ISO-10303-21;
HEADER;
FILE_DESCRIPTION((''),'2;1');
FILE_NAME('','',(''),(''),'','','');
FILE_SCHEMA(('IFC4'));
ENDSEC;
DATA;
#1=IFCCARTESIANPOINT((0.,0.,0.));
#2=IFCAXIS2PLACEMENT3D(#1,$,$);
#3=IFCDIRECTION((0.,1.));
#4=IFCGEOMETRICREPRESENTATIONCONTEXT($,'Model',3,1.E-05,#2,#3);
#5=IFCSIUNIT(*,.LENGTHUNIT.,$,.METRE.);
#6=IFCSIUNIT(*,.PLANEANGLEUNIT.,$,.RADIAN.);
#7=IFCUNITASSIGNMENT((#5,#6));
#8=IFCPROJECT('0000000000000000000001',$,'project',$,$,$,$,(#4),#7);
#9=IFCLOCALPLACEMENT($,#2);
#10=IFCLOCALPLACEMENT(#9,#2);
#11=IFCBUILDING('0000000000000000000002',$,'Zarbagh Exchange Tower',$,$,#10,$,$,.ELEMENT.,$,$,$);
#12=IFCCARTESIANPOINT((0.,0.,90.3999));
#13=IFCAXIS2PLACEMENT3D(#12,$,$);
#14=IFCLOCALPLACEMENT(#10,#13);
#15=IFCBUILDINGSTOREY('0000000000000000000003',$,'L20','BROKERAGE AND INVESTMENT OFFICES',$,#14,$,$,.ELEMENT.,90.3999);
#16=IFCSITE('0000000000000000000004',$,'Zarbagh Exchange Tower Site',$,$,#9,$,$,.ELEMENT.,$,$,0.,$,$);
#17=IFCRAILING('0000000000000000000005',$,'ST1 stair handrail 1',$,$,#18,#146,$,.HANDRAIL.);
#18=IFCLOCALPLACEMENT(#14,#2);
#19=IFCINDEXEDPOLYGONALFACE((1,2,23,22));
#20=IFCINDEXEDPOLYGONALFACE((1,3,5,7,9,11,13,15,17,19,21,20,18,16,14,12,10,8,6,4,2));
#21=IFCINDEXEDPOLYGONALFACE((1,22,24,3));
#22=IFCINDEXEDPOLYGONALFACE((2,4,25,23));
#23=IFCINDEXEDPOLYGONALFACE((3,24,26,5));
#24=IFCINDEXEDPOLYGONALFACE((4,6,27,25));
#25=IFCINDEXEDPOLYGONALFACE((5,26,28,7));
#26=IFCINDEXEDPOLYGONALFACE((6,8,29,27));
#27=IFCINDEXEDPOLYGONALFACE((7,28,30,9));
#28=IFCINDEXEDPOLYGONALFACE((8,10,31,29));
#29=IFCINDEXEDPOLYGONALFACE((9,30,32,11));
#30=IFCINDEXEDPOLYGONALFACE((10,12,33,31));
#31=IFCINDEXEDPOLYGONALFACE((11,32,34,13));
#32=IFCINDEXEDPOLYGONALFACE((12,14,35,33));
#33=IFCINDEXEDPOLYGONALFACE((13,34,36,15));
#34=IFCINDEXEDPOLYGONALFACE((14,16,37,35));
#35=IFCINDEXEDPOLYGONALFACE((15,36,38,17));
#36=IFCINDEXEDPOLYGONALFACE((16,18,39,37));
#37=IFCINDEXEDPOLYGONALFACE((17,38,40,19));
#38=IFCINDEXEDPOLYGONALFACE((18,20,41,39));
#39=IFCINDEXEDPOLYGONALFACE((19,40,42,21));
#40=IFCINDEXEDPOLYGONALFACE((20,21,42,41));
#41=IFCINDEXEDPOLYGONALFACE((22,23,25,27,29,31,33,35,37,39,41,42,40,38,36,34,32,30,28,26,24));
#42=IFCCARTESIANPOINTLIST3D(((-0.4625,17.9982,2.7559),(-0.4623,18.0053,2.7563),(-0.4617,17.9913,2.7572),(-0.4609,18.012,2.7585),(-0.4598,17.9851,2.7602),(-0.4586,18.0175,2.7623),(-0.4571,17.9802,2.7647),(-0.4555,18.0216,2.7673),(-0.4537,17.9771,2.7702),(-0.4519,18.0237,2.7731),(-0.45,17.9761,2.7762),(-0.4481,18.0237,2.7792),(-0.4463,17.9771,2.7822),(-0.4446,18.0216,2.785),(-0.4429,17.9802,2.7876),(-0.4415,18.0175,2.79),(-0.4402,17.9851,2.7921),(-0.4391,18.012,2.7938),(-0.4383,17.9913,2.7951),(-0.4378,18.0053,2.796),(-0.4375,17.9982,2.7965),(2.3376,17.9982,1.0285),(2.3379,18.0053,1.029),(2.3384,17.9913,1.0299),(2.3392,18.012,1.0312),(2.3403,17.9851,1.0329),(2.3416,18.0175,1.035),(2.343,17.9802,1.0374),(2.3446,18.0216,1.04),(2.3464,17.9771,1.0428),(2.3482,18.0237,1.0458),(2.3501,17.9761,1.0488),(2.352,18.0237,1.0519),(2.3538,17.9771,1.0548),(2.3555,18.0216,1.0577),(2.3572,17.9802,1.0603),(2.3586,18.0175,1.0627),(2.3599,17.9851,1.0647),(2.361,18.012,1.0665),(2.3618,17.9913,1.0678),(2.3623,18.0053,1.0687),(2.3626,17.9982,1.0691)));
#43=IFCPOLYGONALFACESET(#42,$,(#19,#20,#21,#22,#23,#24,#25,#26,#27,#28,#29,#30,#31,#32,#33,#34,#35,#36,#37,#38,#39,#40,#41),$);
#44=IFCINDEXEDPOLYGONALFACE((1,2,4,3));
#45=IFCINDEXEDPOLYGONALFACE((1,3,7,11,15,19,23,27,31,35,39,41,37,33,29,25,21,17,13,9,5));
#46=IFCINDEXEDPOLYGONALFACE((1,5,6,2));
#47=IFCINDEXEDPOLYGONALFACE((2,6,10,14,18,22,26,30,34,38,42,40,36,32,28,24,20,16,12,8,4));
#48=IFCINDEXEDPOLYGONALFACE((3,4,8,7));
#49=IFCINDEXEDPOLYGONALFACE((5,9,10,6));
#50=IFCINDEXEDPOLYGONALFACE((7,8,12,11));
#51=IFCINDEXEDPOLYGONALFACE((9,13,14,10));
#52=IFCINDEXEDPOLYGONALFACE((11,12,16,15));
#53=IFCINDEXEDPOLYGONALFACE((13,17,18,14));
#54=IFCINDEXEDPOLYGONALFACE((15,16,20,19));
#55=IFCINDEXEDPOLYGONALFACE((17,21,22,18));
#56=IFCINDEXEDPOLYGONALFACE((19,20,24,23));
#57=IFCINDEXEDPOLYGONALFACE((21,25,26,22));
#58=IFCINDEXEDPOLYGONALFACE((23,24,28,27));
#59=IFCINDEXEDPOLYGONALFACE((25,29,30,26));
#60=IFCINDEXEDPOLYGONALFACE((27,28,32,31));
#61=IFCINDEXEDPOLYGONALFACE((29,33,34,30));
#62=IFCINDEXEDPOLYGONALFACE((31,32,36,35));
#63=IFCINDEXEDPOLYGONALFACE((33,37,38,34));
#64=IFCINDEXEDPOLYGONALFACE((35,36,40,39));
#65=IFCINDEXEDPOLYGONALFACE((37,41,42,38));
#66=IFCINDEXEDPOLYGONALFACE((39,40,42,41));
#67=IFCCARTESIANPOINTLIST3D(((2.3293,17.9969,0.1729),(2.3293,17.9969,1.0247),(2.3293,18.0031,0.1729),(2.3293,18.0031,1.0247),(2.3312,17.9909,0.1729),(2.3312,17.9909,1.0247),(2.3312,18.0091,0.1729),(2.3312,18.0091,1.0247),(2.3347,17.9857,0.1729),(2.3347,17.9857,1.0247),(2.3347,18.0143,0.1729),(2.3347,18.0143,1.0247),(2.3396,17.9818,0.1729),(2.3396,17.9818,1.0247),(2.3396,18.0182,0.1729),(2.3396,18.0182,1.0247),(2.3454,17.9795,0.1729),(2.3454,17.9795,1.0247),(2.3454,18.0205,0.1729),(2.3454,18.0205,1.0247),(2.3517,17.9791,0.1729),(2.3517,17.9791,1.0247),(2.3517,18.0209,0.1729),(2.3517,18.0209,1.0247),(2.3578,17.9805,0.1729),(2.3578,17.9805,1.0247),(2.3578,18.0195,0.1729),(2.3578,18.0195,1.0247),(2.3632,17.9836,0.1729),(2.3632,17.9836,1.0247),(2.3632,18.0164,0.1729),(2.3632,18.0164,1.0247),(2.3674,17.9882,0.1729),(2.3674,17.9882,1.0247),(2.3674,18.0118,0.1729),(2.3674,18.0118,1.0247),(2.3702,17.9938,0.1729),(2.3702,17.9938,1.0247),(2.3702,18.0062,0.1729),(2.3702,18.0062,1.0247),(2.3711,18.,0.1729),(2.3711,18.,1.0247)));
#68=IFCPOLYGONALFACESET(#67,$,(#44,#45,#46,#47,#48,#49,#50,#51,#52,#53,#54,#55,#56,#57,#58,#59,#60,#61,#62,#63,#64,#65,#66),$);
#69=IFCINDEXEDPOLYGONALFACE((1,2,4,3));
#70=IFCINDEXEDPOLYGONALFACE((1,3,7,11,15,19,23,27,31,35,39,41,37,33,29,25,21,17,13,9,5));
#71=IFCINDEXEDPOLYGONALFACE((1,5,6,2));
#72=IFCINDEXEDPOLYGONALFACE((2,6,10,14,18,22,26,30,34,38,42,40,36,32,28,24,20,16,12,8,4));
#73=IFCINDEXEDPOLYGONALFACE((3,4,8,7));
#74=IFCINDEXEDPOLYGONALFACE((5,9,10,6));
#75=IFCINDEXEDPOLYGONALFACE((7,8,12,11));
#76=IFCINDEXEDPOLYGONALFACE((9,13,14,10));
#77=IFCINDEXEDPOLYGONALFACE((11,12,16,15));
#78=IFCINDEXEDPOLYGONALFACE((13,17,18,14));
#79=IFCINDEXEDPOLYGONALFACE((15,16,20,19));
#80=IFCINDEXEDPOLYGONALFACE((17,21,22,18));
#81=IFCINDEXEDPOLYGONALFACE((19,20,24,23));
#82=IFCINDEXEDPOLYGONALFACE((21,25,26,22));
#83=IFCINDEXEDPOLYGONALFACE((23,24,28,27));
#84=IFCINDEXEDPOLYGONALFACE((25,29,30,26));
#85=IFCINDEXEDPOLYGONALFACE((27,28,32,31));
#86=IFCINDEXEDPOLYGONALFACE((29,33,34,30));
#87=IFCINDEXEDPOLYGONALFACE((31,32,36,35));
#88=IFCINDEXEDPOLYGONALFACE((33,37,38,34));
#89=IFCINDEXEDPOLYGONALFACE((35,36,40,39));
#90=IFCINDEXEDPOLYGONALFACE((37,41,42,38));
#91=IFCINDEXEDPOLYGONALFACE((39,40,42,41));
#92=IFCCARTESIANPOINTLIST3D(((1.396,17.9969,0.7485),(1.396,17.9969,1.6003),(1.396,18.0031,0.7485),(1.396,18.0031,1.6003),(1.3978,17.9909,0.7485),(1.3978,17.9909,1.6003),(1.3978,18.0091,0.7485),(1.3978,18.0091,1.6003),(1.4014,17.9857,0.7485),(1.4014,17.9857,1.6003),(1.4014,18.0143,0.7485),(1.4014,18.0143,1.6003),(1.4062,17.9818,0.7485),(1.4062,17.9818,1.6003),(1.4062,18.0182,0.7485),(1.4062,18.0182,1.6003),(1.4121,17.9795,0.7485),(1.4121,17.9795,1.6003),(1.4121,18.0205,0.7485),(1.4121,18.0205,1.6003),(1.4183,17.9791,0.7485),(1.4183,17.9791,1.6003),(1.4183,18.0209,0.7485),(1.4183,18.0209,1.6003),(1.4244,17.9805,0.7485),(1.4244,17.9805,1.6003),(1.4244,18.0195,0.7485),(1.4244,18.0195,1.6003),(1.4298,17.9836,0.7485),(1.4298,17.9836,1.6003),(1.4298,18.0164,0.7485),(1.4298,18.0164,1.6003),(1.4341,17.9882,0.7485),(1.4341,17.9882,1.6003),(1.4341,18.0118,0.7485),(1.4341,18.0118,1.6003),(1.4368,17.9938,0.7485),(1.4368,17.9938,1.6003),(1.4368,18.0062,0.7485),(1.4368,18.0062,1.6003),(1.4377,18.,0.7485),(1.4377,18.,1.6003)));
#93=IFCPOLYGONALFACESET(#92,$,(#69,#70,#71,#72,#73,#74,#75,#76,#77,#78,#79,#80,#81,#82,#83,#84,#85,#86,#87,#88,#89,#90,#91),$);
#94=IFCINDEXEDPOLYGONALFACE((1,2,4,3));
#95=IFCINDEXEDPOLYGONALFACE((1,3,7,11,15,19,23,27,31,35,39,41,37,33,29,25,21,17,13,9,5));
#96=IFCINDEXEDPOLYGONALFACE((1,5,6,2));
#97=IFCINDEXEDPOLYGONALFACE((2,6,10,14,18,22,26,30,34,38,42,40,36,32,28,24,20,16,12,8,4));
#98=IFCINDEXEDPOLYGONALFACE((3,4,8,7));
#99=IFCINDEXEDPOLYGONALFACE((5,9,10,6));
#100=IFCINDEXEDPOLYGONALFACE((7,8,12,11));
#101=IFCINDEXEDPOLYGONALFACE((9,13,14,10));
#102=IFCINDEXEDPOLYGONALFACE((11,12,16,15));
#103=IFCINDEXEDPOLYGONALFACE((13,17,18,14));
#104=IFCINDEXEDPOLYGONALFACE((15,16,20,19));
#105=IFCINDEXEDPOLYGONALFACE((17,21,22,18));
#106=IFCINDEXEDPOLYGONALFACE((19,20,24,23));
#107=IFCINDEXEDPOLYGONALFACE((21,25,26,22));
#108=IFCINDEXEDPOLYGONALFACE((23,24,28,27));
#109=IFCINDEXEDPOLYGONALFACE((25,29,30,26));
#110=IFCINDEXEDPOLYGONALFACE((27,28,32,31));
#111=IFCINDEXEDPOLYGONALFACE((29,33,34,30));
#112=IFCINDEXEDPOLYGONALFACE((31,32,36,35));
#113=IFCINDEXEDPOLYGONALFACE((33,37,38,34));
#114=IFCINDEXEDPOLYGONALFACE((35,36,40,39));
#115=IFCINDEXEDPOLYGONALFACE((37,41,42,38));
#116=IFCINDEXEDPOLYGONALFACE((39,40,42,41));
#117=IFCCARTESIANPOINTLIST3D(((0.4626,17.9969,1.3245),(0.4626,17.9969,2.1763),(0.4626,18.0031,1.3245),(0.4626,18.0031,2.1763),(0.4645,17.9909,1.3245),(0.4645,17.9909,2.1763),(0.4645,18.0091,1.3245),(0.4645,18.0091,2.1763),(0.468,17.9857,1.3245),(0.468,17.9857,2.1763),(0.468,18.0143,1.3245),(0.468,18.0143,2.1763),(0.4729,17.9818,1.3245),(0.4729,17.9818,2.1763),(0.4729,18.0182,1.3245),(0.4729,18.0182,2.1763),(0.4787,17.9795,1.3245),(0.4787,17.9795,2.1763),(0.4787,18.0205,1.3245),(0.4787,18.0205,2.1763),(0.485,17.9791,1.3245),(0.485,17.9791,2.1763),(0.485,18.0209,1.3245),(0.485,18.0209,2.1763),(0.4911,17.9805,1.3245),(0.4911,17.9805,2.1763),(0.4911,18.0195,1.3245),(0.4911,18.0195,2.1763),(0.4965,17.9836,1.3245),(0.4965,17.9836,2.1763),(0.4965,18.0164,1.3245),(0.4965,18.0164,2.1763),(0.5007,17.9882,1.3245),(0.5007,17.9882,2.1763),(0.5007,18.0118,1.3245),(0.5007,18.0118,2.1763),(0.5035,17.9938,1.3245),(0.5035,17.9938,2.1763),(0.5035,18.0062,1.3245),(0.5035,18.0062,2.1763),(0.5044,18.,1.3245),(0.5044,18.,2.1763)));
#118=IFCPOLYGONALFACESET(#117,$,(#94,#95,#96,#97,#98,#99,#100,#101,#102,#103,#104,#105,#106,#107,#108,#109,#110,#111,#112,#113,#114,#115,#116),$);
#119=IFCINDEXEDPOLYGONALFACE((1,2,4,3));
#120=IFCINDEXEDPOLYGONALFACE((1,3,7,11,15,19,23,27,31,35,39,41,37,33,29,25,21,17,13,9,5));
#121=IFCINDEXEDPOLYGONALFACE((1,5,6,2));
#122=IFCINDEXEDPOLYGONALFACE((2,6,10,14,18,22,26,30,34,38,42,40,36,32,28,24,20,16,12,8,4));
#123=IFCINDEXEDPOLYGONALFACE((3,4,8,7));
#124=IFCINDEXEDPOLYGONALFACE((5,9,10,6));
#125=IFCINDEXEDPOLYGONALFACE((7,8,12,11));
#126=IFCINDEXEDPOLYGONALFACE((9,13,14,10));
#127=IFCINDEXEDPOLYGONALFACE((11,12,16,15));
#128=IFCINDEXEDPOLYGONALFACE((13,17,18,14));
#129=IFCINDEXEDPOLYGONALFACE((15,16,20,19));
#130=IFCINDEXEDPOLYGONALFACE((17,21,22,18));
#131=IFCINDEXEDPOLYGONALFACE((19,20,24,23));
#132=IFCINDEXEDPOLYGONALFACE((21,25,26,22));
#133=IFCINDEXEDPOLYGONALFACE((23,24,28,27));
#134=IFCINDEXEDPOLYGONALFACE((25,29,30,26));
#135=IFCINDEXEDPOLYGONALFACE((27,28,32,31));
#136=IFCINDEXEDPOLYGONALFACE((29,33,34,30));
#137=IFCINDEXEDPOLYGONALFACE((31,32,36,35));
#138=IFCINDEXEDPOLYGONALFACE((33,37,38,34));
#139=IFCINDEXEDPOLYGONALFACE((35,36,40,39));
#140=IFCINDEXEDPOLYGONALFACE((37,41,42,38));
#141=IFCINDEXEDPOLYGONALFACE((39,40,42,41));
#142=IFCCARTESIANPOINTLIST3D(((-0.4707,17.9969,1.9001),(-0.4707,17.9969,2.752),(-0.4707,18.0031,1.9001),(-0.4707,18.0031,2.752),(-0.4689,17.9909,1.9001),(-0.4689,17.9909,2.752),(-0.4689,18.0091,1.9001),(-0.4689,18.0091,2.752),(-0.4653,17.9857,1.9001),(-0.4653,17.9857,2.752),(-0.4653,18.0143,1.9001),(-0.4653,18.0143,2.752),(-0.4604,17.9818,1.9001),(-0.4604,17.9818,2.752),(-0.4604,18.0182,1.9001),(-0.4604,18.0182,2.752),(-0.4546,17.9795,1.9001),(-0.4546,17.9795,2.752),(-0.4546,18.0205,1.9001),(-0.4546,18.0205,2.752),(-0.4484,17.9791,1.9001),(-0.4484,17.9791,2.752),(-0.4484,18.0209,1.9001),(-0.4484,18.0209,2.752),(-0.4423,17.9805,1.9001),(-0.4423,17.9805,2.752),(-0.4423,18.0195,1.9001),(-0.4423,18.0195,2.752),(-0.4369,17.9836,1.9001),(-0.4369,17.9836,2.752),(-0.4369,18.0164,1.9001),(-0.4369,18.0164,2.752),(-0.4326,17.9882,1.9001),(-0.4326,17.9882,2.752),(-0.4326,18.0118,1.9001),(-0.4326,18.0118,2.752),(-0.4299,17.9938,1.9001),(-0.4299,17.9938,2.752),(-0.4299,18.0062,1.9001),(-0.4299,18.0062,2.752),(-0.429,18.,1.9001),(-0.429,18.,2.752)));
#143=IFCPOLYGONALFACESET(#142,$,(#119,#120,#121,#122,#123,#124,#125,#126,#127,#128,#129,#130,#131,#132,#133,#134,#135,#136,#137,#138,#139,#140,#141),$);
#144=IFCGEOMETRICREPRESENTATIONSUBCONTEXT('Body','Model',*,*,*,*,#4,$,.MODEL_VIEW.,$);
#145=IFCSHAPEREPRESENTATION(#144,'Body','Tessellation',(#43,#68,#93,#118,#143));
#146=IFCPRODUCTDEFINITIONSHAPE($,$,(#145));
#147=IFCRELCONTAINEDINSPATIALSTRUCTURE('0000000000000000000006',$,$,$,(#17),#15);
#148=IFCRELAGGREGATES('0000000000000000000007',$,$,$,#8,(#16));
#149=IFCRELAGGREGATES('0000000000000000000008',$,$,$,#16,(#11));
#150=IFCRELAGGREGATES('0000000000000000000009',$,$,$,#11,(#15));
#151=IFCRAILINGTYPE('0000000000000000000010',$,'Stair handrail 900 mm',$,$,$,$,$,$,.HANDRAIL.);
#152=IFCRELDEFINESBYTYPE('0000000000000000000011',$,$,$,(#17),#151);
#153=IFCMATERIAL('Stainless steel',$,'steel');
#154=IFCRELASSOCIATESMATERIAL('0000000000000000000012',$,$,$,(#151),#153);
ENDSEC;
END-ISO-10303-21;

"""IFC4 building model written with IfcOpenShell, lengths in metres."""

from ifc_helpers import new_model, si_unit, direction, frame, origin, origin_2d, place, context, subcontext, project, spatial, circle, extrude, material, type_object, element, save


model = new_model("IFC4")

# Units and contexts
model_context = context("Model", 3, precision=1e-05, world=origin(), true_north=direction((0.0, 1.0)))
body_context = subcontext(model_context, "Body", "Model", "MODEL_VIEW")
ifc_project = project(units=[si_unit("LENGTHUNIT", "METRE"), si_unit("PLANEANGLEUNIT", "RADIAN")], contexts=[model_context])

# Site, building, storey
site_placement = place(None, origin())
site = spatial("IfcSite", under=ifc_project, at=site_placement, Name="Zarbagh Exchange Tower Site", CompositionType="ELEMENT", RefElevation=0.0)
building_placement = place(site_placement, origin())
building = spatial("IfcBuilding", under=site, at=building_placement, Name="Zarbagh Exchange Tower", CompositionType="ELEMENT")
storey_placement = place(building_placement, frame((0.0, 0.0, 90.3999)))
storey = spatial("IfcBuildingStorey", under=building, at=storey_placement, Name="L20", Description="BROKERAGE AND INVESTMENT OFFICES", CompositionType="ELEMENT", Elevation=90.3999)

# Shared definitions
ifc_material_1 = material(Name="Stainless steel", Category="steel")

# Railing
railing_type = type_object("IfcRailingType", Name="Stair handrail 900 mm", PredefinedType="HANDRAIL", material=ifc_material_1)
railing_placement = place(storey_placement, frame((2.3501, 18.0, 0.1729)))
element("IfcRailing", 1, at=railing_placement, inside=storey, type_object=railing_type, Name="ST1 stair handrail 1", PredefinedType="HANDRAIL", context=body_context, shape_type="SweptSolid", body=[
    extrude(circle(Radius=0.0239, at=origin_2d()), frame((0.0, 0.0, 0.876), z_axis=(-0.85109, 0.0, 0.52502), x_axis=(0.0, -1.0, 0.0)), (0.0, 0.0, 1.0), 3.29),
    extrude(circle(Radius=0.021, at=origin_2d()), origin(), (0.0, 0.0, 1.0), 0.8518),
    extrude(circle(Radius=0.021, at=origin_2d()), frame((-0.9333, 0.0, 0.5757)), (0.0, 0.0, 1.0), 0.8518),
    extrude(circle(Radius=0.021, at=origin_2d()), frame((-1.8667, 0.0, 1.1516)), (0.0, 0.0, 1.0), 0.8518),
    extrude(circle(Radius=0.021, at=origin_2d()), frame((-2.8, 0.0, 1.7273)), (0.0, 0.0, 1.0), 0.8518),
])

save(model, "model.ifc")
